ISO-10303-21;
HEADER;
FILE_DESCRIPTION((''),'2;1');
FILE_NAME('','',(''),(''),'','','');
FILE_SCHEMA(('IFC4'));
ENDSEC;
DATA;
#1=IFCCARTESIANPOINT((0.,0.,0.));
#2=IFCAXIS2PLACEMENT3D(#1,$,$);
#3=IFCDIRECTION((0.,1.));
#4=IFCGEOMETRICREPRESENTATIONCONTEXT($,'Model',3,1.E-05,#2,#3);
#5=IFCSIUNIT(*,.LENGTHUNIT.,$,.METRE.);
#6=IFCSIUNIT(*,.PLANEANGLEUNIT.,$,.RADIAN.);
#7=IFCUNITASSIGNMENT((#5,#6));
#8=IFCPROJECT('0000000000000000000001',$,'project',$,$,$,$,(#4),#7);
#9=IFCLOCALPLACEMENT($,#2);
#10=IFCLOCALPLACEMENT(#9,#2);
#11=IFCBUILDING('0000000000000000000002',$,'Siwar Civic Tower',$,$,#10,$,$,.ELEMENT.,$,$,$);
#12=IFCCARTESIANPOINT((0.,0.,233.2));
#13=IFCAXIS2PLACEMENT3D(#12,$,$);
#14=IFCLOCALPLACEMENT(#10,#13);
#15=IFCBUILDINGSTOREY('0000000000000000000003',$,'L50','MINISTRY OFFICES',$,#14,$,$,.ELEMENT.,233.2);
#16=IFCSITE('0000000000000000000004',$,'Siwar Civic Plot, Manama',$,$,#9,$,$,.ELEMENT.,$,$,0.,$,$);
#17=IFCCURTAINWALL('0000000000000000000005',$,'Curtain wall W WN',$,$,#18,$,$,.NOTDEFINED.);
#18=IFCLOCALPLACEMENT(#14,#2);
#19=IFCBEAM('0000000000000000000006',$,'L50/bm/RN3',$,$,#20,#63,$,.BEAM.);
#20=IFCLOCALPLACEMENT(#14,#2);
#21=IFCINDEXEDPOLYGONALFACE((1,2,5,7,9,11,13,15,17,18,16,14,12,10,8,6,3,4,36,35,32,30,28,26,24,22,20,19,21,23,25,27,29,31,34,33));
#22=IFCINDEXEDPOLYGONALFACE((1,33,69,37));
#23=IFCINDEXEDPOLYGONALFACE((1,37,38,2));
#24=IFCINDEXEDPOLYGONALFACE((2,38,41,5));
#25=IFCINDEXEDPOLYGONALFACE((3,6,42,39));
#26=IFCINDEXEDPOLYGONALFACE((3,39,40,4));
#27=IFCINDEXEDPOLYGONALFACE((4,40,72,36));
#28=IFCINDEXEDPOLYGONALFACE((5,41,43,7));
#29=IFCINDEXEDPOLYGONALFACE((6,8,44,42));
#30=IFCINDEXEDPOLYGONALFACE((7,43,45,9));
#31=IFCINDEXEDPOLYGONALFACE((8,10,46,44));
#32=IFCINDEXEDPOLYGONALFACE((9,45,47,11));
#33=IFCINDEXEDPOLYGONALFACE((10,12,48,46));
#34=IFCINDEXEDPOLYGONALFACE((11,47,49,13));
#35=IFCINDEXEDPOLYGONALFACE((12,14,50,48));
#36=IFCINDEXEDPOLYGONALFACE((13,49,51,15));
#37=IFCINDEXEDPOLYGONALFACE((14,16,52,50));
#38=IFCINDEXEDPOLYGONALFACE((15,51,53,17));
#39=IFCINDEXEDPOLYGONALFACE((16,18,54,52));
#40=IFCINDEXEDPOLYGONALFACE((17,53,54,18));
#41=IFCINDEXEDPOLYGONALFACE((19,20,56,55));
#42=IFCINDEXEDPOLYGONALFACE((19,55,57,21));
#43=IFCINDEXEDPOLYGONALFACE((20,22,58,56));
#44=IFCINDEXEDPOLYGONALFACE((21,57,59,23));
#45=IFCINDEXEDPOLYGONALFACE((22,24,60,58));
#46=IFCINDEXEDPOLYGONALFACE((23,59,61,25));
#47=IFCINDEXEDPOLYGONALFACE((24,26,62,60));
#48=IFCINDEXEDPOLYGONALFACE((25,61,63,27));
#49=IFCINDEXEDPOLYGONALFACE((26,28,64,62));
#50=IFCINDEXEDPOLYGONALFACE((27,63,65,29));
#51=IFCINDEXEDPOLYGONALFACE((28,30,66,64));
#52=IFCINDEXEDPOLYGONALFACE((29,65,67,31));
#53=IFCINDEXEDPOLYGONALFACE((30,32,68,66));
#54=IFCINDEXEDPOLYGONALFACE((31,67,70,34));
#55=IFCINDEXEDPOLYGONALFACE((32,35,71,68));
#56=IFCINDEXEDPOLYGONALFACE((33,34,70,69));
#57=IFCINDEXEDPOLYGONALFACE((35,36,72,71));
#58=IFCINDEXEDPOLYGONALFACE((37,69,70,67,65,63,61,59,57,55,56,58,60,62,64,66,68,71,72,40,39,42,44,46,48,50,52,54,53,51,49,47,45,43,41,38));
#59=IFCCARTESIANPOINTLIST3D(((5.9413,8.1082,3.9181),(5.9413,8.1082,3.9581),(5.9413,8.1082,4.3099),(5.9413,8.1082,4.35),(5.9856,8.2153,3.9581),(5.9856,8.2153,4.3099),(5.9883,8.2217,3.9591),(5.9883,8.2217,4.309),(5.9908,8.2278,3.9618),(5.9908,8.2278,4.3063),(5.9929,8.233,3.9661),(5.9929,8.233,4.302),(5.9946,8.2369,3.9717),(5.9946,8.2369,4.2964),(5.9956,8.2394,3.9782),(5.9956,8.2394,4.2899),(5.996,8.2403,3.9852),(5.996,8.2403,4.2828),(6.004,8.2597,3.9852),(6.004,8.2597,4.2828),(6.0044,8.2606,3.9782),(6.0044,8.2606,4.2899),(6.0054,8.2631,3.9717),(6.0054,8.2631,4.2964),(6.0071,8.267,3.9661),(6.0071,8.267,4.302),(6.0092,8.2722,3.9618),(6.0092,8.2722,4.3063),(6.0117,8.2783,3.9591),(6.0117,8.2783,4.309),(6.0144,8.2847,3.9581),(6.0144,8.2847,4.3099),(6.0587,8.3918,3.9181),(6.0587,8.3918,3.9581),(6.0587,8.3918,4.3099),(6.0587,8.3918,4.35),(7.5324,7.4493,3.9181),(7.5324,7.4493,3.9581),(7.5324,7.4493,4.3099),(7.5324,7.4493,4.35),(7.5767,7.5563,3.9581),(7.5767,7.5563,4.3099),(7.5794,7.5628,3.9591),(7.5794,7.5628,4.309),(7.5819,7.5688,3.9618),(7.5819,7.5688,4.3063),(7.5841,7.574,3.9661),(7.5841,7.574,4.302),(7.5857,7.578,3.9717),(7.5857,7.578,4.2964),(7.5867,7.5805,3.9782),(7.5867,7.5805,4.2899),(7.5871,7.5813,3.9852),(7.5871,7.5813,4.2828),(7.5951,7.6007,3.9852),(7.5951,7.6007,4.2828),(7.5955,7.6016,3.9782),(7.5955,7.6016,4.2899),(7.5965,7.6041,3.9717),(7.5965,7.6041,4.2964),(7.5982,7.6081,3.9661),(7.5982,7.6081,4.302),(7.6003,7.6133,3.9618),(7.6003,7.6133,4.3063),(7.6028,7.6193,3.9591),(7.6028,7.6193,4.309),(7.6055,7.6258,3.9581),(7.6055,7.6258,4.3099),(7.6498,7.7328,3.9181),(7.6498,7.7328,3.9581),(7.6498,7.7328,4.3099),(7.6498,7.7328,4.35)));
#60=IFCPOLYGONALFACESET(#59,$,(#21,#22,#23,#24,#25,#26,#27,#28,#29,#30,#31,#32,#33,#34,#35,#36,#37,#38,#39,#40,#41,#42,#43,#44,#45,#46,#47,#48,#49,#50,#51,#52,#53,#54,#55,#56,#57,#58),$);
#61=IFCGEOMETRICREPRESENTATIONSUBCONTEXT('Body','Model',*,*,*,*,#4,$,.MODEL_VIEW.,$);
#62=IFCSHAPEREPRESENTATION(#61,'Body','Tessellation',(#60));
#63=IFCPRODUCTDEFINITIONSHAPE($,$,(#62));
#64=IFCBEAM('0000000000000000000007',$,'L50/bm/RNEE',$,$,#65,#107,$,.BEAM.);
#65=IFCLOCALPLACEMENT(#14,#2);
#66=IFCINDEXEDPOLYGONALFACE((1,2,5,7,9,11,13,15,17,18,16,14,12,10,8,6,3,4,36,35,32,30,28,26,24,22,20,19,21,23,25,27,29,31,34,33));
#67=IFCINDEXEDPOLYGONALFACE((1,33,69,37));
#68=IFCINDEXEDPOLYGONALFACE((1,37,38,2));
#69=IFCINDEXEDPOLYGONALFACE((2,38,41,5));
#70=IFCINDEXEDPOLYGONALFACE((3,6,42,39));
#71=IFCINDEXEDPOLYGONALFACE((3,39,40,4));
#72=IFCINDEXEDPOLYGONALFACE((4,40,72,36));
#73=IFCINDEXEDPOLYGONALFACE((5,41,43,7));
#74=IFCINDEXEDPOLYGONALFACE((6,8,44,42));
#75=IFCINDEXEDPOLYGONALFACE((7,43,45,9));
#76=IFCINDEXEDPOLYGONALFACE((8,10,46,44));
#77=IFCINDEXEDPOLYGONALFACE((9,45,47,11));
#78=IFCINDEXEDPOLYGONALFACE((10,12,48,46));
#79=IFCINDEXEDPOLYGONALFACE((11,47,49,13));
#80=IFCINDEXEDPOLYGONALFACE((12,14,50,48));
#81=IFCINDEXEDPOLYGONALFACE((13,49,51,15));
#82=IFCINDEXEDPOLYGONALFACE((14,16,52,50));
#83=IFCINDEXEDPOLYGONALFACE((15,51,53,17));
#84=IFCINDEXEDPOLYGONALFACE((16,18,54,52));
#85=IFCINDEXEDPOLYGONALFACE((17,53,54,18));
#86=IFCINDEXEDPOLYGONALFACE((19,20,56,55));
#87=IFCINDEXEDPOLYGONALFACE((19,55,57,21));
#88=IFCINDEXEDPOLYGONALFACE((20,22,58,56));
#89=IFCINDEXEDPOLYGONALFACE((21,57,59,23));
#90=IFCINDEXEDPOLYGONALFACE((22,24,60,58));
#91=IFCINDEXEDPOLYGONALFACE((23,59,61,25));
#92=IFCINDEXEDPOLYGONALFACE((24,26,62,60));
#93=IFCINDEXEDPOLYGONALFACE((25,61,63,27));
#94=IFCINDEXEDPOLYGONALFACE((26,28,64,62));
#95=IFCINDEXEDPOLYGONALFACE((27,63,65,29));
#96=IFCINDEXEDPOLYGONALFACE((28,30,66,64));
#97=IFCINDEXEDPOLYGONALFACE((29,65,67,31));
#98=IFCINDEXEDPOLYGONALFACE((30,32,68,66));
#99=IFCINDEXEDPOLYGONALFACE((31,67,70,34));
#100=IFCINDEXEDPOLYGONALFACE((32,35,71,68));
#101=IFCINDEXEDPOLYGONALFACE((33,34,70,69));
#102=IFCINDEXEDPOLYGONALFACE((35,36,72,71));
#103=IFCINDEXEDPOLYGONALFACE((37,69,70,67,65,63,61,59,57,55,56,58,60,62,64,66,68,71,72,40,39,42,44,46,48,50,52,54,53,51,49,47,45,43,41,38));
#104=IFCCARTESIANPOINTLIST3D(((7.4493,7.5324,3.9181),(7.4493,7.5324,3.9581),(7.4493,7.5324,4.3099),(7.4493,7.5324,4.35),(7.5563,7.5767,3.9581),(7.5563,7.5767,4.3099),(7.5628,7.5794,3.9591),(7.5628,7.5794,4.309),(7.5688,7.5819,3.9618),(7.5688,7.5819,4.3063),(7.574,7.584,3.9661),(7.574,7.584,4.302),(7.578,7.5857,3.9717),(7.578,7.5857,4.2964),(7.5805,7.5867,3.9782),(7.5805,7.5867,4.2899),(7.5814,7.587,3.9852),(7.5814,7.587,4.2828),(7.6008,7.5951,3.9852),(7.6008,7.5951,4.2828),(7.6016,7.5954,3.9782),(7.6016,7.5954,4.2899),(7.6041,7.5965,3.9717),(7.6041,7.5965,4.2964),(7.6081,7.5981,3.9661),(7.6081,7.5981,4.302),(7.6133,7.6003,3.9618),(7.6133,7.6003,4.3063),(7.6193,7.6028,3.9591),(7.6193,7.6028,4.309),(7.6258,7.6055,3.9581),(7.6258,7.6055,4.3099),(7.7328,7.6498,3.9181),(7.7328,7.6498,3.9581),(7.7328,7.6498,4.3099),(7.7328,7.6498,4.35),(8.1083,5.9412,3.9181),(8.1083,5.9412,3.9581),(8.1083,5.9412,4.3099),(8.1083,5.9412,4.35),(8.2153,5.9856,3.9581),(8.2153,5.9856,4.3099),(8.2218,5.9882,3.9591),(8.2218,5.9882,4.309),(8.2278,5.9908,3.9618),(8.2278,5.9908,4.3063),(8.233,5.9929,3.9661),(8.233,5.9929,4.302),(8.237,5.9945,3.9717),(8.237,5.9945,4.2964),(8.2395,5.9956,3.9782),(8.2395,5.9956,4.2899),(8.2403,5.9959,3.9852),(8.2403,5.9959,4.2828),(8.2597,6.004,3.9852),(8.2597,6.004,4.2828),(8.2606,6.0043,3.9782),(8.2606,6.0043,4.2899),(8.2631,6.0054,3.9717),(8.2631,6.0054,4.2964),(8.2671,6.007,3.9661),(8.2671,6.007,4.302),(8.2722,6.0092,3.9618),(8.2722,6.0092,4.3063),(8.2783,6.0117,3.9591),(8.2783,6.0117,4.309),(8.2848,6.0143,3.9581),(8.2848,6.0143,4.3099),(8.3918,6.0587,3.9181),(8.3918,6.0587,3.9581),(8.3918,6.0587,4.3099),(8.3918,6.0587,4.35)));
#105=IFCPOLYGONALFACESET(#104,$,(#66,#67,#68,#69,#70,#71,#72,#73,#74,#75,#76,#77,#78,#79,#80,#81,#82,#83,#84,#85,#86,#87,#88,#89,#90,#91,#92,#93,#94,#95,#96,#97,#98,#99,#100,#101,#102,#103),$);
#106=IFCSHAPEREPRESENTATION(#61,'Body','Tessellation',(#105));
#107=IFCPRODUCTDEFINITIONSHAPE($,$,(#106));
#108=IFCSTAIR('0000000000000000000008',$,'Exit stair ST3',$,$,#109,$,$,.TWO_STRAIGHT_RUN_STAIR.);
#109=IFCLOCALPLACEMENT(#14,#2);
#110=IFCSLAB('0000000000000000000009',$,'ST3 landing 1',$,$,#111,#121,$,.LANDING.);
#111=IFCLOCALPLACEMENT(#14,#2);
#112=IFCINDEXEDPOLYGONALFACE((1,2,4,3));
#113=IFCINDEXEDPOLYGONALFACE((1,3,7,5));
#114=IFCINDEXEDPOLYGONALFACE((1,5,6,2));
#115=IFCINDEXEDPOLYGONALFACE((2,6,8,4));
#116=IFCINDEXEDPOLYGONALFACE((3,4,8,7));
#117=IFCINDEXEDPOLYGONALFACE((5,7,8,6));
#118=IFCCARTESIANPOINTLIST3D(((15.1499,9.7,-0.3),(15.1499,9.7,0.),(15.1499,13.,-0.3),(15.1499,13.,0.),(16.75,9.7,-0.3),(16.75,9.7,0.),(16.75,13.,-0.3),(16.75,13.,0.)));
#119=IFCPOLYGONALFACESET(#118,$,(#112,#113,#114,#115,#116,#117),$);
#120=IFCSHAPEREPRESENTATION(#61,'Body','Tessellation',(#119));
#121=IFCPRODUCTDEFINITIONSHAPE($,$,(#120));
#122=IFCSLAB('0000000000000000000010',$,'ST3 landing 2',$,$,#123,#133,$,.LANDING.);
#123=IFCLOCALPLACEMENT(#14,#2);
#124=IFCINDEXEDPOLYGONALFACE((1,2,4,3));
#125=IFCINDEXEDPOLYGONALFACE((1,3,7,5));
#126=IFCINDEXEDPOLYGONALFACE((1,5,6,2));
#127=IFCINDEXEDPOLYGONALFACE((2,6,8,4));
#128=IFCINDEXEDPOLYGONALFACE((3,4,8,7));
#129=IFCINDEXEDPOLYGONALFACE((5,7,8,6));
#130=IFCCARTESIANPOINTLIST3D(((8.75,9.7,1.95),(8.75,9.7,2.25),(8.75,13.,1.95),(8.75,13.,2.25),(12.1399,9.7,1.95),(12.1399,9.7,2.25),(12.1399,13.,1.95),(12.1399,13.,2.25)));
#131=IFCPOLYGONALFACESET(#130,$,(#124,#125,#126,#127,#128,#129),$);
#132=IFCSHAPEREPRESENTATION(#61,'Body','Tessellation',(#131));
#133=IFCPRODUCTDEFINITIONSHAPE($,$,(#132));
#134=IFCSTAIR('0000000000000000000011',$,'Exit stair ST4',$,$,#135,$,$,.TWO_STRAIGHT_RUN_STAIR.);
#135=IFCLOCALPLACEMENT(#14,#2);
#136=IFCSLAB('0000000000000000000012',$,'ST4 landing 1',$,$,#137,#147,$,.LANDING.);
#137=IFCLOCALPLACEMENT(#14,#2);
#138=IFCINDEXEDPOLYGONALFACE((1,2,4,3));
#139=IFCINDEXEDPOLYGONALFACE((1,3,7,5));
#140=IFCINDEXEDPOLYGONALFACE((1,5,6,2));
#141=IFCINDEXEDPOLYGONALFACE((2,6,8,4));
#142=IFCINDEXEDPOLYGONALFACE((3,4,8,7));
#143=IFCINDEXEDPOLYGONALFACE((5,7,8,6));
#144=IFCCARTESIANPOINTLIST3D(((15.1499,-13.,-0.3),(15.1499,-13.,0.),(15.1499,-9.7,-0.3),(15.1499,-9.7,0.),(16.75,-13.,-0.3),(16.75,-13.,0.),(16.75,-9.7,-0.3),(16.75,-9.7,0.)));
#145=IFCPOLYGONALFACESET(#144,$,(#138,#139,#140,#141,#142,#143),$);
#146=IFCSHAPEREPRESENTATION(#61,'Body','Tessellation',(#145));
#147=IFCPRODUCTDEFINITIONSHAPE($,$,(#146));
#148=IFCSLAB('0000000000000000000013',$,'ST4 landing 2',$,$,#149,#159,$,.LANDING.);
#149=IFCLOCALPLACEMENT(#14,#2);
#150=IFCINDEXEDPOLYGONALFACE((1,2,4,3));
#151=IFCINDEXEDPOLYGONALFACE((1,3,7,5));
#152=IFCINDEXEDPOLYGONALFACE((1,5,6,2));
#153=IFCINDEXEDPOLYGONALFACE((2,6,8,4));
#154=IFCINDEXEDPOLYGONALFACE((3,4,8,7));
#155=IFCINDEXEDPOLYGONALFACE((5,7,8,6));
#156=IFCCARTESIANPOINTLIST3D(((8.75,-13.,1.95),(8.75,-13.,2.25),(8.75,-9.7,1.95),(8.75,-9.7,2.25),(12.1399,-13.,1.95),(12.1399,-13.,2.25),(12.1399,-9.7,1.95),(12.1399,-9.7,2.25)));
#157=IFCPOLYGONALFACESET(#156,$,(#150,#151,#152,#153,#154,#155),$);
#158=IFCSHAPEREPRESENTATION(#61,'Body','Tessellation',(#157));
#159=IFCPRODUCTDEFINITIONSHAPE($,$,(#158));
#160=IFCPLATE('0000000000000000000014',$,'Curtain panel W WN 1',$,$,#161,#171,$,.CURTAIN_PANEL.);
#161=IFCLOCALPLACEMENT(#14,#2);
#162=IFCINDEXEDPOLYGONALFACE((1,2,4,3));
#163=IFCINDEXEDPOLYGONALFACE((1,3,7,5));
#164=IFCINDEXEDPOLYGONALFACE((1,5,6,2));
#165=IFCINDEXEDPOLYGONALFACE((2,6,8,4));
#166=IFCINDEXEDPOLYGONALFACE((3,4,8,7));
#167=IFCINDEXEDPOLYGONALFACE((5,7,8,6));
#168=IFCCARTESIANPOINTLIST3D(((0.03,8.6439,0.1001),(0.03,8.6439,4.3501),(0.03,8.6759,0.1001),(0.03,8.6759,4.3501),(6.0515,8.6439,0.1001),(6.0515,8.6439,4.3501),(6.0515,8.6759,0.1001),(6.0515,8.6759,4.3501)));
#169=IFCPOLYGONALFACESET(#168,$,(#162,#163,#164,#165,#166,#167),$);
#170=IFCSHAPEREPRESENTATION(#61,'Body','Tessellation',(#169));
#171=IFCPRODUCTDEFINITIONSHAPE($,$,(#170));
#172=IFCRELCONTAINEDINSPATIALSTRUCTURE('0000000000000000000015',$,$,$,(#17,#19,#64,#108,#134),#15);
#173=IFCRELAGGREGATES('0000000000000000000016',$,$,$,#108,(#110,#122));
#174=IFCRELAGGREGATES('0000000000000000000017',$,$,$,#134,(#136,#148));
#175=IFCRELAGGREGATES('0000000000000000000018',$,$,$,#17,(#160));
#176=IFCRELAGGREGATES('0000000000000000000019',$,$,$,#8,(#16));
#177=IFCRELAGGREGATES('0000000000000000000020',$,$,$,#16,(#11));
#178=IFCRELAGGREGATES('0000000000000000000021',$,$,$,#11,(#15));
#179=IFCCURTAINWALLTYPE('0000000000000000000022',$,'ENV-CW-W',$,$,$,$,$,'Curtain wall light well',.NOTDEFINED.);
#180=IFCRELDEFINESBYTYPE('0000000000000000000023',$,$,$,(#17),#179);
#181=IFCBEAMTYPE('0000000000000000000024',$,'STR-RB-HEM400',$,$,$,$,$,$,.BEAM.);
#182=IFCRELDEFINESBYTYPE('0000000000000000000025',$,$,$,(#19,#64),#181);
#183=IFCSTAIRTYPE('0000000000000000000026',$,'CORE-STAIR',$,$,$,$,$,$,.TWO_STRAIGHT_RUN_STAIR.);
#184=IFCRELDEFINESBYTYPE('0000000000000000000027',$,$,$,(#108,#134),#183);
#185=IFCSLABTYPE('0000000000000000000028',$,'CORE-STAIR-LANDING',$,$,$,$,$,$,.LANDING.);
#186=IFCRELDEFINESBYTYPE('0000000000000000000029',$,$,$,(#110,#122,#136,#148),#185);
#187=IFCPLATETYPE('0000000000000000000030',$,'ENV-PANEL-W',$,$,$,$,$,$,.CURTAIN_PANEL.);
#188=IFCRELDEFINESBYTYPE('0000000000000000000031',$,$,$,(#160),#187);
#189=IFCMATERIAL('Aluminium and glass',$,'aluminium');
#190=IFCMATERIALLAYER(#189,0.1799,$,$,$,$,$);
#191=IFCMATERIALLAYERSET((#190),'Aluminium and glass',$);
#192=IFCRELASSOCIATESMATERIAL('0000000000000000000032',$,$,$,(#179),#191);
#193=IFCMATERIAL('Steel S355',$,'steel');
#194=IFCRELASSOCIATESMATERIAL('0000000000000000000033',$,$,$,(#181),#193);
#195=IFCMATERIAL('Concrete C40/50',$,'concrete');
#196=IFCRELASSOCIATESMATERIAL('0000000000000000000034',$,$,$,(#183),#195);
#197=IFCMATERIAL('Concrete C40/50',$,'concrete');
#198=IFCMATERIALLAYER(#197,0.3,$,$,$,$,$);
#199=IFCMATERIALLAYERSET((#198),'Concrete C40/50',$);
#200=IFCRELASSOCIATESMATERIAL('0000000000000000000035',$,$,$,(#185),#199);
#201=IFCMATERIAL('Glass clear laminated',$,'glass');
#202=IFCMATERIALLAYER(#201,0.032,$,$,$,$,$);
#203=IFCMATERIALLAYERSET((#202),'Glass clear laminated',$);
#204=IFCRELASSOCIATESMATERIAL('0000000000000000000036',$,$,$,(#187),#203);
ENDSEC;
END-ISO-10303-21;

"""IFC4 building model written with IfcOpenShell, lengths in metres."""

from ifc_helpers import new_model, si_unit, direction, frame, origin, origin_2d, place, context, subcontext, project, spatial, polyline, rectangle, i_section, outline, extrude, material, layer, layer_set, material_profile, profile_set, type_object, element, aggregate, save


model = new_model("IFC4")

# Units and contexts
model_context = context("Model", 3, precision=1e-05, world=origin(), true_north=direction((0.0, 1.0)))
body_context = subcontext(model_context, "Body", "Model", "MODEL_VIEW")
ifc_project = project(units=[si_unit("LENGTHUNIT", "METRE"), si_unit("PLANEANGLEUNIT", "RADIAN")], contexts=[model_context])

# Site, building, storey
site_placement = place(None, origin())
site = spatial("IfcSite", under=ifc_project, at=site_placement, Name="Siwar Civic Plot, Manama", CompositionType="ELEMENT", RefElevation=0.0)
building_placement = place(site_placement, origin())
building = spatial("IfcBuilding", under=site, at=building_placement, Name="Siwar Civic Tower", CompositionType="ELEMENT")
storey_placement = place(building_placement, frame((0.0, 0.0, 233.2)))
storey = spatial("IfcBuildingStorey", under=building, at=storey_placement, Name="L50", Description="MINISTRY OFFICES", CompositionType="ELEMENT", Elevation=233.2)

# Curtain wall
ifc_material_1 = material(Name="Aluminium and glass", Category="aluminium")
ifc_layer_1 = layer(ifc_material_1, 0.1799)
ifc_layer_set_1 = layer_set([ifc_layer_1], Name="Aluminium and glass")
curtain_wall_type = type_object("IfcCurtainWallType", Name="ENV-CW-W", ElementType="Curtain wall light well", PredefinedType="NOTDEFINED", material=ifc_layer_set_1)
curtain_wall_placement = place(storey_placement, origin())
curtain_wall = element("IfcCurtainWall", 1, at=curtain_wall_placement, inside=storey, type_object=curtain_wall_type, Name="Curtain wall W WN", PredefinedType="NOTDEFINED")

# Beams
ifc_material_2 = material(Name="Steel S355", Category="steel")
ifc_material_profile_1 = material_profile(ifc_material_2, i_section(OverallWidth=0.3069, OverallDepth=0.4319, WebThickness=0.021, FlangeThickness=0.04, FilletRadius=0.0271, at=origin_2d()), Name="HEM400")
ifc_profile_set_1 = profile_set([ifc_material_profile_1], Name="Steel S355")
beam_type_1 = type_object("IfcBeamType", Name="STR-RB-HEM400", PredefinedType="BEAM", material=ifc_profile_set_1)
for number, where, z_axis, x_axis, name in (
    (2, (6.0, 8.25, 4.134), (0.923901, -0.382631, 0.0), (0.382631, 0.923901, 0.0), "L50/bm/RN3"),
    (3, (7.5911, 7.5911, 4.134), (0.382631, -0.923901, 0.0), (0.923901, 0.382631, 0.0), "L50/bm/RNEE"),
):
    element("IfcBeam", number, at=place(storey_placement, frame(where, z_axis=z_axis, x_axis=x_axis)), inside=storey, type_object=beam_type_1, Name=name, PredefinedType="BEAM", context=body_context, shape_type="SweptSolid", body=[
        extrude(i_section(OverallWidth=0.3069, OverallDepth=0.4319, WebThickness=0.021, FlangeThickness=0.04, FilletRadius=0.0271, at=origin_2d()), origin(), (0.0, 0.0, 1.0), 1.7222),
    ])

# Stairs, slabs
ifc_material_3 = material(Name="Concrete C40/50", Category="concrete")
stair_type = type_object("IfcStairType", Name="CORE-STAIR", PredefinedType="TWO_STRAIGHT_RUN_STAIR", material=ifc_material_3)
stair_1_placement = place(storey_placement, origin())
stair_1 = element("IfcStair", 4, at=stair_1_placement, inside=storey, type_object=stair_type, Name="Exit stair ST3", PredefinedType="TWO_STRAIGHT_RUN_STAIR")
ifc_material_4 = material(Name="Concrete C40/50", Category="concrete")
ifc_layer_2 = layer(ifc_material_4, 0.3)
ifc_layer_set_2 = layer_set([ifc_layer_2], Name="Concrete C40/50")
slab_type_1 = type_object("IfcSlabType", Name="CORE-STAIR-LANDING", PredefinedType="LANDING", material=ifc_layer_set_2)
slab_1_placement = place(storey_placement, frame((0.0, 0.0, -0.3)))
slab_1 = element("IfcSlab", 5, at=slab_1_placement, type_object=slab_type_1, Name="ST3 landing 1", PredefinedType="LANDING", context=body_context, shape_type="SweptSolid", body=[
    extrude(outline(polyline([(15.1499, 9.7), (16.75, 9.7), (16.75, 13.0), (15.1499, 13.0), (15.1499, 9.7)])), origin(), (0.0, 0.0, 1.0), 0.3),
])
slab_2_placement = place(storey_placement, frame((0.0, 0.0, 1.95)))
slab_2 = element("IfcSlab", 6, at=slab_2_placement, type_object=slab_type_1, Name="ST3 landing 2", PredefinedType="LANDING", context=body_context, shape_type="SweptSolid", body=[
    extrude(outline(polyline([(8.75, 9.7), (12.1399, 9.7), (12.1399, 13.0), (8.75, 13.0), (8.75, 9.7)])), origin(), (0.0, 0.0, 1.0), 0.3),
])
aggregate(stair_1, [slab_1, slab_2])
stair_2_placement = place(storey_placement, origin())
stair_2 = element("IfcStair", 7, at=stair_2_placement, inside=storey, type_object=stair_type, Name="Exit stair ST4", PredefinedType="TWO_STRAIGHT_RUN_STAIR")
slab_3_placement = place(storey_placement, frame((0.0, 0.0, -0.3)))
slab_3 = element("IfcSlab", 8, at=slab_3_placement, type_object=slab_type_1, Name="ST4 landing 1", PredefinedType="LANDING", context=body_context, shape_type="SweptSolid", body=[
    extrude(outline(polyline([(15.1499, -13.0), (16.75, -13.0), (16.75, -9.7), (15.1499, -9.7), (15.1499, -13.0)])), origin(), (0.0, 0.0, 1.0), 0.3),
])
slab_4_placement = place(storey_placement, frame((0.0, 0.0, 1.95)))
slab_4 = element("IfcSlab", 9, at=slab_4_placement, type_object=slab_type_1, Name="ST4 landing 2", PredefinedType="LANDING", context=body_context, shape_type="SweptSolid", body=[
    extrude(outline(polyline([(8.75, -13.0), (12.1399, -13.0), (12.1399, -9.7), (8.75, -9.7), (8.75, -13.0)])), origin(), (0.0, 0.0, 1.0), 0.3),
])
aggregate(stair_2, [slab_3, slab_4])

# Plate
ifc_material_5 = material(Name="Glass clear laminated", Category="glass")
ifc_layer_3 = layer(ifc_material_5, 0.032)
ifc_layer_set_3 = layer_set([ifc_layer_3], Name="Glass clear laminated")
plate_type = type_object("IfcPlateType", Name="ENV-PANEL-W", PredefinedType="CURTAIN_PANEL", material=ifc_layer_set_3)
plate_placement = place(storey_placement, frame((3.0408, 8.6599, 0.1001), z_axis=(0.0, 0.0, 1.0), x_axis=(-1.0, 0.0, 0.0)))
plate = element("IfcPlate", 10, at=plate_placement, type_object=plate_type, Name="Curtain panel W WN 1", PredefinedType="CURTAIN_PANEL", context=body_context, shape_type="SweptSolid", body=[
    extrude(rectangle(XDim=6.0215, YDim=0.032, at=origin_2d()), origin(), (0.0, 0.0, 1.0), 4.25),
])
aggregate(curtain_wall, [plate])

save(model, "model.ifc")
